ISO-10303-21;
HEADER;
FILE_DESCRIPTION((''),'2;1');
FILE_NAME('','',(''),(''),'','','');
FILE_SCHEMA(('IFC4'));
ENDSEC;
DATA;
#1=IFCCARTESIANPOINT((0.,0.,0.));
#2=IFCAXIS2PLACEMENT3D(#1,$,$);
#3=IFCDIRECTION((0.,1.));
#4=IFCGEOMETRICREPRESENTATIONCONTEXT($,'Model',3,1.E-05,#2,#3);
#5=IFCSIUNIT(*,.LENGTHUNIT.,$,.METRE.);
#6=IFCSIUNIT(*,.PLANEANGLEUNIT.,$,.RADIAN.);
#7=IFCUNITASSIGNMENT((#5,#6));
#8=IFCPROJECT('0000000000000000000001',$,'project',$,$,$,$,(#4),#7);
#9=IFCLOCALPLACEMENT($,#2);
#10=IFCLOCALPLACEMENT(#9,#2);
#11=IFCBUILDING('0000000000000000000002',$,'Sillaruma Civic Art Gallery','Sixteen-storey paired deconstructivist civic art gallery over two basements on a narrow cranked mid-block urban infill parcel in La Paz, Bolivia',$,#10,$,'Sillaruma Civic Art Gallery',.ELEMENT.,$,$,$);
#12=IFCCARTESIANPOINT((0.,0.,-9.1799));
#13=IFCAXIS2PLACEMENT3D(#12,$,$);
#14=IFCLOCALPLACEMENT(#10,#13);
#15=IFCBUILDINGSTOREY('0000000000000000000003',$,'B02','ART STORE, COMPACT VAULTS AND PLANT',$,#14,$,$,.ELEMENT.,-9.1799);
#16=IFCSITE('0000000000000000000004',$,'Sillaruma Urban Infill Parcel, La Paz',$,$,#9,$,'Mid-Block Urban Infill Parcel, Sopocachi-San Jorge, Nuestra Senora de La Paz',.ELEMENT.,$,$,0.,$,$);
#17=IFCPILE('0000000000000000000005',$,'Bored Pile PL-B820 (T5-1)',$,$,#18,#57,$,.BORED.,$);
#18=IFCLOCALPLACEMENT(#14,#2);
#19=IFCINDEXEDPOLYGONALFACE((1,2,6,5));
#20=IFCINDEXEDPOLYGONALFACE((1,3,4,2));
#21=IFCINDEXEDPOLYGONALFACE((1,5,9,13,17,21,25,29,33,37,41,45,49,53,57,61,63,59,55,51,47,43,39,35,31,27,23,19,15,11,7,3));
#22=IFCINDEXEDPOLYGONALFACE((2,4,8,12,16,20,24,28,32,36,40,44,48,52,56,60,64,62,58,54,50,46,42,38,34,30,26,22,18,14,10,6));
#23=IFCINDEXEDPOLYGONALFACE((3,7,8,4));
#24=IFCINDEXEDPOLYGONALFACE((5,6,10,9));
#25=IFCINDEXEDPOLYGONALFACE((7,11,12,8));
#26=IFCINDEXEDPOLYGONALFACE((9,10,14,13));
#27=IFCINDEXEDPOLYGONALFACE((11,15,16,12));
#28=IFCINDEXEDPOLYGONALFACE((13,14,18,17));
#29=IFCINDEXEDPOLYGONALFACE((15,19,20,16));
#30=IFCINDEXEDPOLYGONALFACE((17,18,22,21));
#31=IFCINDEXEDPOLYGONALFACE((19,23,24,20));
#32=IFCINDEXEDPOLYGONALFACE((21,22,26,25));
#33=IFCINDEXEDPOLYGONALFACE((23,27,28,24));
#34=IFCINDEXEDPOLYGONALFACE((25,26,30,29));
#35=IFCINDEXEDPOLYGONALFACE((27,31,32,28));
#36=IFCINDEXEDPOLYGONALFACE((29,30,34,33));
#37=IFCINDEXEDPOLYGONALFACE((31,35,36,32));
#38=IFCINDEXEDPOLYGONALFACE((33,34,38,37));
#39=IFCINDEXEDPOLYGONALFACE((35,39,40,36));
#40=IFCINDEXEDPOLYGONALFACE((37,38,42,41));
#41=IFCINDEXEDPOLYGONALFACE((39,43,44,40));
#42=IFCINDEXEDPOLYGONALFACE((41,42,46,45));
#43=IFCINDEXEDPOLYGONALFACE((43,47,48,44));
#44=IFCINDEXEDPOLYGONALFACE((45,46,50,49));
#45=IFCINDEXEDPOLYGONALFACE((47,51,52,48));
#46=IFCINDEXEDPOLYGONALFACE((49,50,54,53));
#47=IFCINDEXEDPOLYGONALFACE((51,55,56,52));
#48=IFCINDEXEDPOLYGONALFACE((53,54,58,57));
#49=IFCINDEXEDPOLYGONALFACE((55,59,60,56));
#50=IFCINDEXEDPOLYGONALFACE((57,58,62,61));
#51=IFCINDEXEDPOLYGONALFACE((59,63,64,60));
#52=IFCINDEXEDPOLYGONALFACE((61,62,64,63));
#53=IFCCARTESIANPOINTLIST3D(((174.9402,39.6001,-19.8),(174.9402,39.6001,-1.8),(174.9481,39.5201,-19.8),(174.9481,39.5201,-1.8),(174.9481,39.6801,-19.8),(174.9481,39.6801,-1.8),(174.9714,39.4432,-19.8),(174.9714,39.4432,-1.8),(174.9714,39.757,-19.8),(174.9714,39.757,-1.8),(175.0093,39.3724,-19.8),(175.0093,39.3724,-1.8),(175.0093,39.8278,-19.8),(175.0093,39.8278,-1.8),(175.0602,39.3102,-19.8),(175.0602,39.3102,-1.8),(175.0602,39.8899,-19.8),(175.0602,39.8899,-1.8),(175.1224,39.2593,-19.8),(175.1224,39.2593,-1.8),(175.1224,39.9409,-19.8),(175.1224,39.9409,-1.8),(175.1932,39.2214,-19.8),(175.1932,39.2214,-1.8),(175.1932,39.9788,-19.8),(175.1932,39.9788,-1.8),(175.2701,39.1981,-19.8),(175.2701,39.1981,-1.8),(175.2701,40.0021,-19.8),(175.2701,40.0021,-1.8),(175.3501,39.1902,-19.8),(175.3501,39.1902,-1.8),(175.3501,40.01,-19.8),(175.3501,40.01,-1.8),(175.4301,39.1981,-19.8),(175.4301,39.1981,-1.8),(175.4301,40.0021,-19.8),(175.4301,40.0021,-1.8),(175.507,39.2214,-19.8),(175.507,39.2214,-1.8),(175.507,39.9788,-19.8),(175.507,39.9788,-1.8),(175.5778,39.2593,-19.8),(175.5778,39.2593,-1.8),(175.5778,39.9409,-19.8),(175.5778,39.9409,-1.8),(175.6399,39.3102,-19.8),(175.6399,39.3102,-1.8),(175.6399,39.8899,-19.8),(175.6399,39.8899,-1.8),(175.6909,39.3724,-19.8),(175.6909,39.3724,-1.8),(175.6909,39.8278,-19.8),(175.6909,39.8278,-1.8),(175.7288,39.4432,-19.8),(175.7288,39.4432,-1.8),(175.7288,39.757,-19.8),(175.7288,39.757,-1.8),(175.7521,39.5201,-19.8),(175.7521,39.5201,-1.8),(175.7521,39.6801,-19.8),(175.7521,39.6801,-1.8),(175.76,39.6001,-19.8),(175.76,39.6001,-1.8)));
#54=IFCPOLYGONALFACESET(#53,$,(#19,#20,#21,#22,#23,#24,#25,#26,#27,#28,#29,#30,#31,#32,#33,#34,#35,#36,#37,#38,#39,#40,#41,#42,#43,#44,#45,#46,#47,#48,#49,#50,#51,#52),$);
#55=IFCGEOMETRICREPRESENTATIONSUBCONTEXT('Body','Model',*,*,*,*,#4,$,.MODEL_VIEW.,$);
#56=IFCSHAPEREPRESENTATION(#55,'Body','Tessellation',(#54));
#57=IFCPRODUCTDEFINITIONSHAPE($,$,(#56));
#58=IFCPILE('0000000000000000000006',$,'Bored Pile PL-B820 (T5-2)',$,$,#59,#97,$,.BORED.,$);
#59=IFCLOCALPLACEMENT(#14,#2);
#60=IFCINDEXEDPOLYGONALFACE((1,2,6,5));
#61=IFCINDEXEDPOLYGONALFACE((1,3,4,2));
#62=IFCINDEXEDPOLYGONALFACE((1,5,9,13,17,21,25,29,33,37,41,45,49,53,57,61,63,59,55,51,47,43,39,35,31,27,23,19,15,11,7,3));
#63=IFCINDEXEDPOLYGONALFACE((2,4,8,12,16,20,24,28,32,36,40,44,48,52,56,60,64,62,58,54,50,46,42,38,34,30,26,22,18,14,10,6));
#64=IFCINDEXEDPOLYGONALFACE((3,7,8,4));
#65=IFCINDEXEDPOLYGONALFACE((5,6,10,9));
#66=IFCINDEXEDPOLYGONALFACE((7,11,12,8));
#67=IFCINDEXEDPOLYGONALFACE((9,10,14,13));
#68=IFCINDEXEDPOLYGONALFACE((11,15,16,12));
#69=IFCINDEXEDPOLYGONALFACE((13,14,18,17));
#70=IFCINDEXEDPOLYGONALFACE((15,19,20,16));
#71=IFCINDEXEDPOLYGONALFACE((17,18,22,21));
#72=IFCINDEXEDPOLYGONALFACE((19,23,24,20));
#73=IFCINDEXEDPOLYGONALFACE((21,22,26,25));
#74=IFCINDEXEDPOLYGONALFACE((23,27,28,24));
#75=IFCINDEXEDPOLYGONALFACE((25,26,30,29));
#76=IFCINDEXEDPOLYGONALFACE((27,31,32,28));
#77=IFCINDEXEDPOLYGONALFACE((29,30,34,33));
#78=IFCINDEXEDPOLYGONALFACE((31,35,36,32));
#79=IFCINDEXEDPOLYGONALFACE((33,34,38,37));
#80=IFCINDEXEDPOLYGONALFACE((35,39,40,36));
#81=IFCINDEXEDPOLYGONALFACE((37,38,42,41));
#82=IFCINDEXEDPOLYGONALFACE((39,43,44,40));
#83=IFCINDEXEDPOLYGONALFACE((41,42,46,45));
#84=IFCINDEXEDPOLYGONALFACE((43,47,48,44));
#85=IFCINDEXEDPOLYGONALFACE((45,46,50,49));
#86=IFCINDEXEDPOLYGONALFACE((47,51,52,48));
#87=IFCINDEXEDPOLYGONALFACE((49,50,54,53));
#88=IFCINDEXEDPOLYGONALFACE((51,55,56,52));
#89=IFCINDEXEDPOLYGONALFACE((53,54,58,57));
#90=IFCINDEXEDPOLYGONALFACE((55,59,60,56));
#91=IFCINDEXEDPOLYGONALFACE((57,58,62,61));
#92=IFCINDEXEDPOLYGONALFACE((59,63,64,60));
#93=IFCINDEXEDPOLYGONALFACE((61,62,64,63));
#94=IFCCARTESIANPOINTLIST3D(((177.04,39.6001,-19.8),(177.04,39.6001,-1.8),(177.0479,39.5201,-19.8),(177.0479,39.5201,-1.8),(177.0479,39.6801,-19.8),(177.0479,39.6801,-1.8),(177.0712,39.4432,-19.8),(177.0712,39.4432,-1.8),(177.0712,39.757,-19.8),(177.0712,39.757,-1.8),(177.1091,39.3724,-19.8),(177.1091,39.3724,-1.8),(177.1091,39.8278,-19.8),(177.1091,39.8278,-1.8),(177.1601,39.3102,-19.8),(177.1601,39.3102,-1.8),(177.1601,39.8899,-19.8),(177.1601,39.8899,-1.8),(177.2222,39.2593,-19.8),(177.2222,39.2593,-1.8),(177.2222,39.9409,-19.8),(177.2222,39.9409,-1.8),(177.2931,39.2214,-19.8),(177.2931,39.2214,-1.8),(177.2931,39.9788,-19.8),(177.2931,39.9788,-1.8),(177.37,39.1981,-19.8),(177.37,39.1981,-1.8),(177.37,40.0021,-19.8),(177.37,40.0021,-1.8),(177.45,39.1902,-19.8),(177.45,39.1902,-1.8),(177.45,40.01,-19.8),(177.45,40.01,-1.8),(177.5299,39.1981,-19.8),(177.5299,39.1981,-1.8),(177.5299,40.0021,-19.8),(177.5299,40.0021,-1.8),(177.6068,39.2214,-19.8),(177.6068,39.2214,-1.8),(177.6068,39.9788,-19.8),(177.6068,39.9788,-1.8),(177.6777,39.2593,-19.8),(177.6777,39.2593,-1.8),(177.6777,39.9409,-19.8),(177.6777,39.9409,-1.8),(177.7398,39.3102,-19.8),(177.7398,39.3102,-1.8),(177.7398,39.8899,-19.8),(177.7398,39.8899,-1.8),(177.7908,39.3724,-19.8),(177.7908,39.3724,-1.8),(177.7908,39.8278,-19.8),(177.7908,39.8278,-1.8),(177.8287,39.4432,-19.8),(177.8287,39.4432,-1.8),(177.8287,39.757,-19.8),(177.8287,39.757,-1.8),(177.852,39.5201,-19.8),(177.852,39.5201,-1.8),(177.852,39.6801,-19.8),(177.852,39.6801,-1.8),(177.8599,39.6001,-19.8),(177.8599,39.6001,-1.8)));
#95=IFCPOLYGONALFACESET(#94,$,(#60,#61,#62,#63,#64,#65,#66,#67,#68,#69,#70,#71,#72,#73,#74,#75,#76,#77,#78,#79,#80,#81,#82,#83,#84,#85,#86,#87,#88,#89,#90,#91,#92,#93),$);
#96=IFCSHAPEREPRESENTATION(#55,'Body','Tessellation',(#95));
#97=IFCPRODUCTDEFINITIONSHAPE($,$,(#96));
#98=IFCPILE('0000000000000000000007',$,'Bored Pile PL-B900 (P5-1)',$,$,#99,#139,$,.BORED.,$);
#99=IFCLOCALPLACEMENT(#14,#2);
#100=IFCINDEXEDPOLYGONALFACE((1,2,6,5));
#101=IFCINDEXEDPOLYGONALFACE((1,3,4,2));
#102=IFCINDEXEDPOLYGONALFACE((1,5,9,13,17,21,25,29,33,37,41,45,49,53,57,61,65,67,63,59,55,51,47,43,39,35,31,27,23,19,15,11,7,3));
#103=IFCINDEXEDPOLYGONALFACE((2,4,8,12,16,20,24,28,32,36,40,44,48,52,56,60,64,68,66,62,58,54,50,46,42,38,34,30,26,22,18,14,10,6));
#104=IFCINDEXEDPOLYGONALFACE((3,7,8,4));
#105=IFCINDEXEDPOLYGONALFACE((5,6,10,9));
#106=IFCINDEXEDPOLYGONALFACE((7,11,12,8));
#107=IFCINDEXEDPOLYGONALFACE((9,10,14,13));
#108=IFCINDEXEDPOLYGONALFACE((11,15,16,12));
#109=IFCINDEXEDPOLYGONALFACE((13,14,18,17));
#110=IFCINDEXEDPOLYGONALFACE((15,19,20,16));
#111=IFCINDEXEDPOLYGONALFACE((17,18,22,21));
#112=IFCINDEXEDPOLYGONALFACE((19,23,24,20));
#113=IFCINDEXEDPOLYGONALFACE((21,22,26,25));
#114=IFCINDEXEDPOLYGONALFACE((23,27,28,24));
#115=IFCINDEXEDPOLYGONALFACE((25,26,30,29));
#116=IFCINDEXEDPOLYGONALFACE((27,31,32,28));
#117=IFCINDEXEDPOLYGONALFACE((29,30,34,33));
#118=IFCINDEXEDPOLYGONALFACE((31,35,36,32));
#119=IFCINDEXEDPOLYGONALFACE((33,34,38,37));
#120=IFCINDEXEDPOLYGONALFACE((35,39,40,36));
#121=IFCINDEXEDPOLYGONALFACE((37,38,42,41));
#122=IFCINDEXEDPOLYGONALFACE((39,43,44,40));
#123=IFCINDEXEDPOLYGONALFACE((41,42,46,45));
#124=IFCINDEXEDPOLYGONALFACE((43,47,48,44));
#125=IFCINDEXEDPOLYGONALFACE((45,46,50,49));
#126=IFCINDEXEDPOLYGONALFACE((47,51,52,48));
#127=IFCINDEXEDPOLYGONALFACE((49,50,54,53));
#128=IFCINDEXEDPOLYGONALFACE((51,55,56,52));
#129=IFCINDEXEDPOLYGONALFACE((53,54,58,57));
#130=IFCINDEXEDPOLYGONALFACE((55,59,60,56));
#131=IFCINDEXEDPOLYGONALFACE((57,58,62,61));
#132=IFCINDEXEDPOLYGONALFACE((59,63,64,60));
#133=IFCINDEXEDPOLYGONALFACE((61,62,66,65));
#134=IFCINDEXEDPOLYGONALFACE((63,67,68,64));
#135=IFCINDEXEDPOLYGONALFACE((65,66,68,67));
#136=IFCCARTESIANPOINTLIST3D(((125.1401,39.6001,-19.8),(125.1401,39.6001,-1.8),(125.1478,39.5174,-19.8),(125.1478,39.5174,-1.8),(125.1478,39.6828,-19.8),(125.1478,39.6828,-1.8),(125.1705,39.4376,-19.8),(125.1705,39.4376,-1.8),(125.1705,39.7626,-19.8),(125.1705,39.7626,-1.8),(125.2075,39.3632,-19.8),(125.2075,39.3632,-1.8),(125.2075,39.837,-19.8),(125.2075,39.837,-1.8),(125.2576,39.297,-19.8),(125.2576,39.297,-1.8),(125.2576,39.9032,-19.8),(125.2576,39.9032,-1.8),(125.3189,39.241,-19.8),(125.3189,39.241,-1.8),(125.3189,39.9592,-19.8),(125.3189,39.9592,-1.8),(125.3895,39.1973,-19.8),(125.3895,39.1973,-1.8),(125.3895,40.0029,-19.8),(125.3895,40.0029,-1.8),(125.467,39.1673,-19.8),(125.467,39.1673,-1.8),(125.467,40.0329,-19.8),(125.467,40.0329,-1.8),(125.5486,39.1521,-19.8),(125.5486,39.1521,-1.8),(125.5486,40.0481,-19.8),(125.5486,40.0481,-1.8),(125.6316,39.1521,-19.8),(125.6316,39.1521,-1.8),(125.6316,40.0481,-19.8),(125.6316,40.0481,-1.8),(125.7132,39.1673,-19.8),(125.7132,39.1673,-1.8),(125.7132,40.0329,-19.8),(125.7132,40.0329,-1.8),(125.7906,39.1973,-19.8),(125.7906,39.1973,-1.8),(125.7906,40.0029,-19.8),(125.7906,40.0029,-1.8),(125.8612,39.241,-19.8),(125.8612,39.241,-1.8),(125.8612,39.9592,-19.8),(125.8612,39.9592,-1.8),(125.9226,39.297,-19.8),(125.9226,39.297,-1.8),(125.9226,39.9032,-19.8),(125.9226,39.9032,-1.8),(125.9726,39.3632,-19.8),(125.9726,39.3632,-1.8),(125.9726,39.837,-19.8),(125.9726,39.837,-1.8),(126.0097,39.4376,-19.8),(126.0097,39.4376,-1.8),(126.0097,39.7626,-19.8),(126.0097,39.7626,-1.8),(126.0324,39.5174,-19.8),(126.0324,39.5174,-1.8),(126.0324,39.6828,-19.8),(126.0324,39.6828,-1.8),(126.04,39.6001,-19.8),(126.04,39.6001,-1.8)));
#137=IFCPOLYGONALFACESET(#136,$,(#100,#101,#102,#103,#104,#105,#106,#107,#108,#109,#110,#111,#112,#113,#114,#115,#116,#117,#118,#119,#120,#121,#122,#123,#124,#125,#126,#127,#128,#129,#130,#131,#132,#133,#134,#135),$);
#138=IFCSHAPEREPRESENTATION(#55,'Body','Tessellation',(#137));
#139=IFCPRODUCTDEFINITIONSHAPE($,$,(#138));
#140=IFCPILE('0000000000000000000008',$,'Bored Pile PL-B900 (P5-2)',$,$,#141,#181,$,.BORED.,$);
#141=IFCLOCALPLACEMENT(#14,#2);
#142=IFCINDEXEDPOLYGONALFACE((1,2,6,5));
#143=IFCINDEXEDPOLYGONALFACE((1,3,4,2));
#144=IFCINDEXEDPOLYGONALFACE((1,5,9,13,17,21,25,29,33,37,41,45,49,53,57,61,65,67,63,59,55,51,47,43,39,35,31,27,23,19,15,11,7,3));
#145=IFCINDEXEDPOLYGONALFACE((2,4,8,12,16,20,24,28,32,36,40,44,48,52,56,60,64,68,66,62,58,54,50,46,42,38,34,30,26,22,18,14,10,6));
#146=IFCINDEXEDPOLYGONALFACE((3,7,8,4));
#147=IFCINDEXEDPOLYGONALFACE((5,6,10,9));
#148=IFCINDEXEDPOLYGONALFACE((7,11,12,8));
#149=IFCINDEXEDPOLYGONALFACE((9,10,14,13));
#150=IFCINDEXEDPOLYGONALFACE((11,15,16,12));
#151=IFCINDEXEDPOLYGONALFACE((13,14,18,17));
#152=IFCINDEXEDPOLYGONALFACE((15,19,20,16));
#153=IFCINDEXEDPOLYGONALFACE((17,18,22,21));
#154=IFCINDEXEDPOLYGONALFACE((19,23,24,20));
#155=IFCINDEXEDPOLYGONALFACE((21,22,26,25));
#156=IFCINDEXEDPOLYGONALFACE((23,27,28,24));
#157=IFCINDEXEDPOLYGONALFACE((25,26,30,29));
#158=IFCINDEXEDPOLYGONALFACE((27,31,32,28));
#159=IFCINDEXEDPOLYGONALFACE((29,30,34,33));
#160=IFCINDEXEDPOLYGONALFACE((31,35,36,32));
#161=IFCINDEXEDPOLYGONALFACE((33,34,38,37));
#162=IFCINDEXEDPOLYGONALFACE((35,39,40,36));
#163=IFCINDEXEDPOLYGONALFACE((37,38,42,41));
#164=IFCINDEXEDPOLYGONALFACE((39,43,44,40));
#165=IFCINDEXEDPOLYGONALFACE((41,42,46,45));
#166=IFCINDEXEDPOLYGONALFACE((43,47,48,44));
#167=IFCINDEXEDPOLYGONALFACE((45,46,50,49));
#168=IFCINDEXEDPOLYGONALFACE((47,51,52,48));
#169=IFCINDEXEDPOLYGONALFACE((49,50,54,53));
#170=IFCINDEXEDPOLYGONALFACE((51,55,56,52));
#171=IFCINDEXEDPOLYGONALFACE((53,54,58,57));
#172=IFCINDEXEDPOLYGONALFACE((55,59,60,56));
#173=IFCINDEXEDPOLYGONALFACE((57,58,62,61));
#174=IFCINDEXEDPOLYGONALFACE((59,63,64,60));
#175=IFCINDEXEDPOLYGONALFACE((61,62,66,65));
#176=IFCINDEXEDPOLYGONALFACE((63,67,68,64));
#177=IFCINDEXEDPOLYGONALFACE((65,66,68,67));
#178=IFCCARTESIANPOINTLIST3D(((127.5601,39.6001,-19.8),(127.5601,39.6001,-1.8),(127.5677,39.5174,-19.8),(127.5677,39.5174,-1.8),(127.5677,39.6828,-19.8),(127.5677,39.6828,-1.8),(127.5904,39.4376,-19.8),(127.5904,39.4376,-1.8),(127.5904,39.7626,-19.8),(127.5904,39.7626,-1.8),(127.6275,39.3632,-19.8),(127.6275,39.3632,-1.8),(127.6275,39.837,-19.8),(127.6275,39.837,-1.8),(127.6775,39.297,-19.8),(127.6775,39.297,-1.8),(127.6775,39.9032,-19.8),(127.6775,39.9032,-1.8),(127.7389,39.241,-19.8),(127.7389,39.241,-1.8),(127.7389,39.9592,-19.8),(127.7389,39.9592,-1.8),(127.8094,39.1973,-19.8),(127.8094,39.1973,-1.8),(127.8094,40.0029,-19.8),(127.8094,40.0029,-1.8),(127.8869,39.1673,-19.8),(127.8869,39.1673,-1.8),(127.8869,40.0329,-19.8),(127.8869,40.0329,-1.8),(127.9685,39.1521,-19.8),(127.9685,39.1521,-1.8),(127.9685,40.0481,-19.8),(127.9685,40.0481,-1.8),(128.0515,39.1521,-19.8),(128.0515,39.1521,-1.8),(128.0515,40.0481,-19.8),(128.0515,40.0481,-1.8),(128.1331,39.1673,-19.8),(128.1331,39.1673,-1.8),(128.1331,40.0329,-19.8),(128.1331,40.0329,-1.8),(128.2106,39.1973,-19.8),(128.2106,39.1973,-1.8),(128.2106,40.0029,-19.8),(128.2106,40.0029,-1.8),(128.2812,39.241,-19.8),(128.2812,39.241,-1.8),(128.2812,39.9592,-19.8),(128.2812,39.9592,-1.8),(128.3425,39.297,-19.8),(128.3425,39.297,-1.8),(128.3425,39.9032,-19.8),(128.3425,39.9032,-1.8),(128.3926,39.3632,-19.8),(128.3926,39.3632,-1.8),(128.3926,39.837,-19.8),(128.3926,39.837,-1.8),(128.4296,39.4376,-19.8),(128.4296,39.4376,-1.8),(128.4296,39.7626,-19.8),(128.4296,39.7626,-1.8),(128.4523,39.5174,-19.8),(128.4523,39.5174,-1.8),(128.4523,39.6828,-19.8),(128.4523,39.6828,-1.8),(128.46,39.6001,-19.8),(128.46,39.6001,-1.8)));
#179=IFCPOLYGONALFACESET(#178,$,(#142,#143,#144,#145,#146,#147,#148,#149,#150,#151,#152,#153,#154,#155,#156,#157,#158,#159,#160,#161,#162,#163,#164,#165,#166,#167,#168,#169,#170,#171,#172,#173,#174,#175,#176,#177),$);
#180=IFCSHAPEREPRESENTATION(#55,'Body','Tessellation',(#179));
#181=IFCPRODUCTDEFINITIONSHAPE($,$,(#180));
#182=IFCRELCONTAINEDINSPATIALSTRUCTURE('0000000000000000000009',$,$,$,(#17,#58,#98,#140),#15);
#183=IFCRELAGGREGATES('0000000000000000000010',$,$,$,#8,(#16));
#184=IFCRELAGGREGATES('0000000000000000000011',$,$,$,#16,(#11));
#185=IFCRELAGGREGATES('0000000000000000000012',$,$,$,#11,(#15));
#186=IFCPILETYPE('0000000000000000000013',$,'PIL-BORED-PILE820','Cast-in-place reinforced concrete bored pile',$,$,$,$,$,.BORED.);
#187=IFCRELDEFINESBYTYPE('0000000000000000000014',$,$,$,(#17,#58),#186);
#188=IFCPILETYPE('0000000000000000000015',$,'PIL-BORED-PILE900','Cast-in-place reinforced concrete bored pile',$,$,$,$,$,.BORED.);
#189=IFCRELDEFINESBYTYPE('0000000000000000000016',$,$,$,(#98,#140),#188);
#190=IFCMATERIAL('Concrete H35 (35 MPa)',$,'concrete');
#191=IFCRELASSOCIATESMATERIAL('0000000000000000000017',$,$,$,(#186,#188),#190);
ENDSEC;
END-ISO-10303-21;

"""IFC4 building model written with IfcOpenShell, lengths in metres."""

from ifc_helpers import new_model, si_unit, direction, frame, origin, origin_2d, place, context, subcontext, project, spatial, circle, extrude, material, material_profile, profile_set, type_object, element, save


model = new_model("IFC4")

# Units and contexts
model_context = context("Model", 3, precision=1e-05, world=origin(), true_north=direction((0.0, 1.0)))
body_context = subcontext(model_context, "Body", "Model", "MODEL_VIEW")
ifc_project = project(units=[si_unit("LENGTHUNIT", "METRE"), si_unit("PLANEANGLEUNIT", "RADIAN")], contexts=[model_context])

# Site, building, storey
site_placement = place(None, origin())
site = spatial("IfcSite", under=ifc_project, at=site_placement, Name="Sillaruma Urban Infill Parcel, La Paz", LongName="Mid-Block Urban Infill Parcel, Sopocachi-San Jorge, Nuestra Senora de La Paz", CompositionType="ELEMENT", RefElevation=0.0)
building_placement = place(site_placement, origin())
building = spatial("IfcBuilding", under=site, at=building_placement, Name="Sillaruma Civic Art Gallery", Description="Sixteen-storey paired deconstructivist civic art gallery over two basements on a narrow cranked mid-block urban infill parcel in La Paz, Bolivia", LongName="Sillaruma Civic Art Gallery", CompositionType="ELEMENT")
storey_placement = place(building_placement, frame((0.0, 0.0, -9.1799)))
storey = spatial("IfcBuildingStorey", under=building, at=storey_placement, Name="B02", Description="ART STORE, COMPACT VAULTS AND PLANT", CompositionType="ELEMENT", Elevation=-9.1799)

# Shared definitions
ifc_material_1 = material(Name="Concrete H35 (35 MPa)", Category="concrete")

# Piles
ifc_material_profile_1 = material_profile(ifc_material_1, circle(Radius=0.4099, at=origin_2d()), Name="PILE820")
ifc_profile_set_1 = profile_set([ifc_material_profile_1], Name="Concrete H35 (35 MPa)")
pile_type_1 = type_object("IfcPileType", Name="PIL-BORED-PILE820", Description="Cast-in-place reinforced concrete bored pile", PredefinedType="BORED", material=ifc_profile_set_1)
for number, where, z_axis, x_axis, name in (
    (1, (175.3501, 39.6001, -1.8), (0.0, 0.0, -1.0), (1.0, 0.0, 0.0), "Bored Pile PL-B820 (T5-1)"),
    (2, (177.45, 39.6001, -1.8), (0.0, 0.0, -1.0), (1.0, 0.0, 0.0), "Bored Pile PL-B820 (T5-2)"),
):
    element("IfcPile", number, at=place(storey_placement, frame(where, z_axis=z_axis, x_axis=x_axis)), inside=storey, type_object=pile_type_1, Name=name, PredefinedType="BORED", context=body_context, shape_type="SweptSolid", body=[
        extrude(circle(Radius=0.4099, at=origin_2d()), origin(), (0.0, 0.0, 1.0), 18.0),
    ])
ifc_material_profile_2 = material_profile(ifc_material_1, circle(Radius=0.45, at=origin_2d()), Name="PILE900")
ifc_profile_set_2 = profile_set([ifc_material_profile_2], Name="Concrete H35 (35 MPa)")
pile_type_2 = type_object("IfcPileType", Name="PIL-BORED-PILE900", Description="Cast-in-place reinforced concrete bored pile", PredefinedType="BORED", material=ifc_profile_set_2)
for number, where, z_axis, x_axis, name in (
    (3, (125.5901, 39.6001, -1.8), (0.0, 0.0, -1.0), (1.0, 0.0, 0.0), "Bored Pile PL-B900 (P5-1)"),
    (4, (128.01, 39.6001, -1.8), (0.0, 0.0, -1.0), (1.0, 0.0, 0.0), "Bored Pile PL-B900 (P5-2)"),
):
    element("IfcPile", number, at=place(storey_placement, frame(where, z_axis=z_axis, x_axis=x_axis)), inside=storey, type_object=pile_type_2, Name=name, PredefinedType="BORED", context=body_context, shape_type="SweptSolid", body=[
        extrude(circle(Radius=0.45, at=origin_2d()), origin(), (0.0, 0.0, 1.0), 18.0),
    ])

save(model, "model.ifc")
